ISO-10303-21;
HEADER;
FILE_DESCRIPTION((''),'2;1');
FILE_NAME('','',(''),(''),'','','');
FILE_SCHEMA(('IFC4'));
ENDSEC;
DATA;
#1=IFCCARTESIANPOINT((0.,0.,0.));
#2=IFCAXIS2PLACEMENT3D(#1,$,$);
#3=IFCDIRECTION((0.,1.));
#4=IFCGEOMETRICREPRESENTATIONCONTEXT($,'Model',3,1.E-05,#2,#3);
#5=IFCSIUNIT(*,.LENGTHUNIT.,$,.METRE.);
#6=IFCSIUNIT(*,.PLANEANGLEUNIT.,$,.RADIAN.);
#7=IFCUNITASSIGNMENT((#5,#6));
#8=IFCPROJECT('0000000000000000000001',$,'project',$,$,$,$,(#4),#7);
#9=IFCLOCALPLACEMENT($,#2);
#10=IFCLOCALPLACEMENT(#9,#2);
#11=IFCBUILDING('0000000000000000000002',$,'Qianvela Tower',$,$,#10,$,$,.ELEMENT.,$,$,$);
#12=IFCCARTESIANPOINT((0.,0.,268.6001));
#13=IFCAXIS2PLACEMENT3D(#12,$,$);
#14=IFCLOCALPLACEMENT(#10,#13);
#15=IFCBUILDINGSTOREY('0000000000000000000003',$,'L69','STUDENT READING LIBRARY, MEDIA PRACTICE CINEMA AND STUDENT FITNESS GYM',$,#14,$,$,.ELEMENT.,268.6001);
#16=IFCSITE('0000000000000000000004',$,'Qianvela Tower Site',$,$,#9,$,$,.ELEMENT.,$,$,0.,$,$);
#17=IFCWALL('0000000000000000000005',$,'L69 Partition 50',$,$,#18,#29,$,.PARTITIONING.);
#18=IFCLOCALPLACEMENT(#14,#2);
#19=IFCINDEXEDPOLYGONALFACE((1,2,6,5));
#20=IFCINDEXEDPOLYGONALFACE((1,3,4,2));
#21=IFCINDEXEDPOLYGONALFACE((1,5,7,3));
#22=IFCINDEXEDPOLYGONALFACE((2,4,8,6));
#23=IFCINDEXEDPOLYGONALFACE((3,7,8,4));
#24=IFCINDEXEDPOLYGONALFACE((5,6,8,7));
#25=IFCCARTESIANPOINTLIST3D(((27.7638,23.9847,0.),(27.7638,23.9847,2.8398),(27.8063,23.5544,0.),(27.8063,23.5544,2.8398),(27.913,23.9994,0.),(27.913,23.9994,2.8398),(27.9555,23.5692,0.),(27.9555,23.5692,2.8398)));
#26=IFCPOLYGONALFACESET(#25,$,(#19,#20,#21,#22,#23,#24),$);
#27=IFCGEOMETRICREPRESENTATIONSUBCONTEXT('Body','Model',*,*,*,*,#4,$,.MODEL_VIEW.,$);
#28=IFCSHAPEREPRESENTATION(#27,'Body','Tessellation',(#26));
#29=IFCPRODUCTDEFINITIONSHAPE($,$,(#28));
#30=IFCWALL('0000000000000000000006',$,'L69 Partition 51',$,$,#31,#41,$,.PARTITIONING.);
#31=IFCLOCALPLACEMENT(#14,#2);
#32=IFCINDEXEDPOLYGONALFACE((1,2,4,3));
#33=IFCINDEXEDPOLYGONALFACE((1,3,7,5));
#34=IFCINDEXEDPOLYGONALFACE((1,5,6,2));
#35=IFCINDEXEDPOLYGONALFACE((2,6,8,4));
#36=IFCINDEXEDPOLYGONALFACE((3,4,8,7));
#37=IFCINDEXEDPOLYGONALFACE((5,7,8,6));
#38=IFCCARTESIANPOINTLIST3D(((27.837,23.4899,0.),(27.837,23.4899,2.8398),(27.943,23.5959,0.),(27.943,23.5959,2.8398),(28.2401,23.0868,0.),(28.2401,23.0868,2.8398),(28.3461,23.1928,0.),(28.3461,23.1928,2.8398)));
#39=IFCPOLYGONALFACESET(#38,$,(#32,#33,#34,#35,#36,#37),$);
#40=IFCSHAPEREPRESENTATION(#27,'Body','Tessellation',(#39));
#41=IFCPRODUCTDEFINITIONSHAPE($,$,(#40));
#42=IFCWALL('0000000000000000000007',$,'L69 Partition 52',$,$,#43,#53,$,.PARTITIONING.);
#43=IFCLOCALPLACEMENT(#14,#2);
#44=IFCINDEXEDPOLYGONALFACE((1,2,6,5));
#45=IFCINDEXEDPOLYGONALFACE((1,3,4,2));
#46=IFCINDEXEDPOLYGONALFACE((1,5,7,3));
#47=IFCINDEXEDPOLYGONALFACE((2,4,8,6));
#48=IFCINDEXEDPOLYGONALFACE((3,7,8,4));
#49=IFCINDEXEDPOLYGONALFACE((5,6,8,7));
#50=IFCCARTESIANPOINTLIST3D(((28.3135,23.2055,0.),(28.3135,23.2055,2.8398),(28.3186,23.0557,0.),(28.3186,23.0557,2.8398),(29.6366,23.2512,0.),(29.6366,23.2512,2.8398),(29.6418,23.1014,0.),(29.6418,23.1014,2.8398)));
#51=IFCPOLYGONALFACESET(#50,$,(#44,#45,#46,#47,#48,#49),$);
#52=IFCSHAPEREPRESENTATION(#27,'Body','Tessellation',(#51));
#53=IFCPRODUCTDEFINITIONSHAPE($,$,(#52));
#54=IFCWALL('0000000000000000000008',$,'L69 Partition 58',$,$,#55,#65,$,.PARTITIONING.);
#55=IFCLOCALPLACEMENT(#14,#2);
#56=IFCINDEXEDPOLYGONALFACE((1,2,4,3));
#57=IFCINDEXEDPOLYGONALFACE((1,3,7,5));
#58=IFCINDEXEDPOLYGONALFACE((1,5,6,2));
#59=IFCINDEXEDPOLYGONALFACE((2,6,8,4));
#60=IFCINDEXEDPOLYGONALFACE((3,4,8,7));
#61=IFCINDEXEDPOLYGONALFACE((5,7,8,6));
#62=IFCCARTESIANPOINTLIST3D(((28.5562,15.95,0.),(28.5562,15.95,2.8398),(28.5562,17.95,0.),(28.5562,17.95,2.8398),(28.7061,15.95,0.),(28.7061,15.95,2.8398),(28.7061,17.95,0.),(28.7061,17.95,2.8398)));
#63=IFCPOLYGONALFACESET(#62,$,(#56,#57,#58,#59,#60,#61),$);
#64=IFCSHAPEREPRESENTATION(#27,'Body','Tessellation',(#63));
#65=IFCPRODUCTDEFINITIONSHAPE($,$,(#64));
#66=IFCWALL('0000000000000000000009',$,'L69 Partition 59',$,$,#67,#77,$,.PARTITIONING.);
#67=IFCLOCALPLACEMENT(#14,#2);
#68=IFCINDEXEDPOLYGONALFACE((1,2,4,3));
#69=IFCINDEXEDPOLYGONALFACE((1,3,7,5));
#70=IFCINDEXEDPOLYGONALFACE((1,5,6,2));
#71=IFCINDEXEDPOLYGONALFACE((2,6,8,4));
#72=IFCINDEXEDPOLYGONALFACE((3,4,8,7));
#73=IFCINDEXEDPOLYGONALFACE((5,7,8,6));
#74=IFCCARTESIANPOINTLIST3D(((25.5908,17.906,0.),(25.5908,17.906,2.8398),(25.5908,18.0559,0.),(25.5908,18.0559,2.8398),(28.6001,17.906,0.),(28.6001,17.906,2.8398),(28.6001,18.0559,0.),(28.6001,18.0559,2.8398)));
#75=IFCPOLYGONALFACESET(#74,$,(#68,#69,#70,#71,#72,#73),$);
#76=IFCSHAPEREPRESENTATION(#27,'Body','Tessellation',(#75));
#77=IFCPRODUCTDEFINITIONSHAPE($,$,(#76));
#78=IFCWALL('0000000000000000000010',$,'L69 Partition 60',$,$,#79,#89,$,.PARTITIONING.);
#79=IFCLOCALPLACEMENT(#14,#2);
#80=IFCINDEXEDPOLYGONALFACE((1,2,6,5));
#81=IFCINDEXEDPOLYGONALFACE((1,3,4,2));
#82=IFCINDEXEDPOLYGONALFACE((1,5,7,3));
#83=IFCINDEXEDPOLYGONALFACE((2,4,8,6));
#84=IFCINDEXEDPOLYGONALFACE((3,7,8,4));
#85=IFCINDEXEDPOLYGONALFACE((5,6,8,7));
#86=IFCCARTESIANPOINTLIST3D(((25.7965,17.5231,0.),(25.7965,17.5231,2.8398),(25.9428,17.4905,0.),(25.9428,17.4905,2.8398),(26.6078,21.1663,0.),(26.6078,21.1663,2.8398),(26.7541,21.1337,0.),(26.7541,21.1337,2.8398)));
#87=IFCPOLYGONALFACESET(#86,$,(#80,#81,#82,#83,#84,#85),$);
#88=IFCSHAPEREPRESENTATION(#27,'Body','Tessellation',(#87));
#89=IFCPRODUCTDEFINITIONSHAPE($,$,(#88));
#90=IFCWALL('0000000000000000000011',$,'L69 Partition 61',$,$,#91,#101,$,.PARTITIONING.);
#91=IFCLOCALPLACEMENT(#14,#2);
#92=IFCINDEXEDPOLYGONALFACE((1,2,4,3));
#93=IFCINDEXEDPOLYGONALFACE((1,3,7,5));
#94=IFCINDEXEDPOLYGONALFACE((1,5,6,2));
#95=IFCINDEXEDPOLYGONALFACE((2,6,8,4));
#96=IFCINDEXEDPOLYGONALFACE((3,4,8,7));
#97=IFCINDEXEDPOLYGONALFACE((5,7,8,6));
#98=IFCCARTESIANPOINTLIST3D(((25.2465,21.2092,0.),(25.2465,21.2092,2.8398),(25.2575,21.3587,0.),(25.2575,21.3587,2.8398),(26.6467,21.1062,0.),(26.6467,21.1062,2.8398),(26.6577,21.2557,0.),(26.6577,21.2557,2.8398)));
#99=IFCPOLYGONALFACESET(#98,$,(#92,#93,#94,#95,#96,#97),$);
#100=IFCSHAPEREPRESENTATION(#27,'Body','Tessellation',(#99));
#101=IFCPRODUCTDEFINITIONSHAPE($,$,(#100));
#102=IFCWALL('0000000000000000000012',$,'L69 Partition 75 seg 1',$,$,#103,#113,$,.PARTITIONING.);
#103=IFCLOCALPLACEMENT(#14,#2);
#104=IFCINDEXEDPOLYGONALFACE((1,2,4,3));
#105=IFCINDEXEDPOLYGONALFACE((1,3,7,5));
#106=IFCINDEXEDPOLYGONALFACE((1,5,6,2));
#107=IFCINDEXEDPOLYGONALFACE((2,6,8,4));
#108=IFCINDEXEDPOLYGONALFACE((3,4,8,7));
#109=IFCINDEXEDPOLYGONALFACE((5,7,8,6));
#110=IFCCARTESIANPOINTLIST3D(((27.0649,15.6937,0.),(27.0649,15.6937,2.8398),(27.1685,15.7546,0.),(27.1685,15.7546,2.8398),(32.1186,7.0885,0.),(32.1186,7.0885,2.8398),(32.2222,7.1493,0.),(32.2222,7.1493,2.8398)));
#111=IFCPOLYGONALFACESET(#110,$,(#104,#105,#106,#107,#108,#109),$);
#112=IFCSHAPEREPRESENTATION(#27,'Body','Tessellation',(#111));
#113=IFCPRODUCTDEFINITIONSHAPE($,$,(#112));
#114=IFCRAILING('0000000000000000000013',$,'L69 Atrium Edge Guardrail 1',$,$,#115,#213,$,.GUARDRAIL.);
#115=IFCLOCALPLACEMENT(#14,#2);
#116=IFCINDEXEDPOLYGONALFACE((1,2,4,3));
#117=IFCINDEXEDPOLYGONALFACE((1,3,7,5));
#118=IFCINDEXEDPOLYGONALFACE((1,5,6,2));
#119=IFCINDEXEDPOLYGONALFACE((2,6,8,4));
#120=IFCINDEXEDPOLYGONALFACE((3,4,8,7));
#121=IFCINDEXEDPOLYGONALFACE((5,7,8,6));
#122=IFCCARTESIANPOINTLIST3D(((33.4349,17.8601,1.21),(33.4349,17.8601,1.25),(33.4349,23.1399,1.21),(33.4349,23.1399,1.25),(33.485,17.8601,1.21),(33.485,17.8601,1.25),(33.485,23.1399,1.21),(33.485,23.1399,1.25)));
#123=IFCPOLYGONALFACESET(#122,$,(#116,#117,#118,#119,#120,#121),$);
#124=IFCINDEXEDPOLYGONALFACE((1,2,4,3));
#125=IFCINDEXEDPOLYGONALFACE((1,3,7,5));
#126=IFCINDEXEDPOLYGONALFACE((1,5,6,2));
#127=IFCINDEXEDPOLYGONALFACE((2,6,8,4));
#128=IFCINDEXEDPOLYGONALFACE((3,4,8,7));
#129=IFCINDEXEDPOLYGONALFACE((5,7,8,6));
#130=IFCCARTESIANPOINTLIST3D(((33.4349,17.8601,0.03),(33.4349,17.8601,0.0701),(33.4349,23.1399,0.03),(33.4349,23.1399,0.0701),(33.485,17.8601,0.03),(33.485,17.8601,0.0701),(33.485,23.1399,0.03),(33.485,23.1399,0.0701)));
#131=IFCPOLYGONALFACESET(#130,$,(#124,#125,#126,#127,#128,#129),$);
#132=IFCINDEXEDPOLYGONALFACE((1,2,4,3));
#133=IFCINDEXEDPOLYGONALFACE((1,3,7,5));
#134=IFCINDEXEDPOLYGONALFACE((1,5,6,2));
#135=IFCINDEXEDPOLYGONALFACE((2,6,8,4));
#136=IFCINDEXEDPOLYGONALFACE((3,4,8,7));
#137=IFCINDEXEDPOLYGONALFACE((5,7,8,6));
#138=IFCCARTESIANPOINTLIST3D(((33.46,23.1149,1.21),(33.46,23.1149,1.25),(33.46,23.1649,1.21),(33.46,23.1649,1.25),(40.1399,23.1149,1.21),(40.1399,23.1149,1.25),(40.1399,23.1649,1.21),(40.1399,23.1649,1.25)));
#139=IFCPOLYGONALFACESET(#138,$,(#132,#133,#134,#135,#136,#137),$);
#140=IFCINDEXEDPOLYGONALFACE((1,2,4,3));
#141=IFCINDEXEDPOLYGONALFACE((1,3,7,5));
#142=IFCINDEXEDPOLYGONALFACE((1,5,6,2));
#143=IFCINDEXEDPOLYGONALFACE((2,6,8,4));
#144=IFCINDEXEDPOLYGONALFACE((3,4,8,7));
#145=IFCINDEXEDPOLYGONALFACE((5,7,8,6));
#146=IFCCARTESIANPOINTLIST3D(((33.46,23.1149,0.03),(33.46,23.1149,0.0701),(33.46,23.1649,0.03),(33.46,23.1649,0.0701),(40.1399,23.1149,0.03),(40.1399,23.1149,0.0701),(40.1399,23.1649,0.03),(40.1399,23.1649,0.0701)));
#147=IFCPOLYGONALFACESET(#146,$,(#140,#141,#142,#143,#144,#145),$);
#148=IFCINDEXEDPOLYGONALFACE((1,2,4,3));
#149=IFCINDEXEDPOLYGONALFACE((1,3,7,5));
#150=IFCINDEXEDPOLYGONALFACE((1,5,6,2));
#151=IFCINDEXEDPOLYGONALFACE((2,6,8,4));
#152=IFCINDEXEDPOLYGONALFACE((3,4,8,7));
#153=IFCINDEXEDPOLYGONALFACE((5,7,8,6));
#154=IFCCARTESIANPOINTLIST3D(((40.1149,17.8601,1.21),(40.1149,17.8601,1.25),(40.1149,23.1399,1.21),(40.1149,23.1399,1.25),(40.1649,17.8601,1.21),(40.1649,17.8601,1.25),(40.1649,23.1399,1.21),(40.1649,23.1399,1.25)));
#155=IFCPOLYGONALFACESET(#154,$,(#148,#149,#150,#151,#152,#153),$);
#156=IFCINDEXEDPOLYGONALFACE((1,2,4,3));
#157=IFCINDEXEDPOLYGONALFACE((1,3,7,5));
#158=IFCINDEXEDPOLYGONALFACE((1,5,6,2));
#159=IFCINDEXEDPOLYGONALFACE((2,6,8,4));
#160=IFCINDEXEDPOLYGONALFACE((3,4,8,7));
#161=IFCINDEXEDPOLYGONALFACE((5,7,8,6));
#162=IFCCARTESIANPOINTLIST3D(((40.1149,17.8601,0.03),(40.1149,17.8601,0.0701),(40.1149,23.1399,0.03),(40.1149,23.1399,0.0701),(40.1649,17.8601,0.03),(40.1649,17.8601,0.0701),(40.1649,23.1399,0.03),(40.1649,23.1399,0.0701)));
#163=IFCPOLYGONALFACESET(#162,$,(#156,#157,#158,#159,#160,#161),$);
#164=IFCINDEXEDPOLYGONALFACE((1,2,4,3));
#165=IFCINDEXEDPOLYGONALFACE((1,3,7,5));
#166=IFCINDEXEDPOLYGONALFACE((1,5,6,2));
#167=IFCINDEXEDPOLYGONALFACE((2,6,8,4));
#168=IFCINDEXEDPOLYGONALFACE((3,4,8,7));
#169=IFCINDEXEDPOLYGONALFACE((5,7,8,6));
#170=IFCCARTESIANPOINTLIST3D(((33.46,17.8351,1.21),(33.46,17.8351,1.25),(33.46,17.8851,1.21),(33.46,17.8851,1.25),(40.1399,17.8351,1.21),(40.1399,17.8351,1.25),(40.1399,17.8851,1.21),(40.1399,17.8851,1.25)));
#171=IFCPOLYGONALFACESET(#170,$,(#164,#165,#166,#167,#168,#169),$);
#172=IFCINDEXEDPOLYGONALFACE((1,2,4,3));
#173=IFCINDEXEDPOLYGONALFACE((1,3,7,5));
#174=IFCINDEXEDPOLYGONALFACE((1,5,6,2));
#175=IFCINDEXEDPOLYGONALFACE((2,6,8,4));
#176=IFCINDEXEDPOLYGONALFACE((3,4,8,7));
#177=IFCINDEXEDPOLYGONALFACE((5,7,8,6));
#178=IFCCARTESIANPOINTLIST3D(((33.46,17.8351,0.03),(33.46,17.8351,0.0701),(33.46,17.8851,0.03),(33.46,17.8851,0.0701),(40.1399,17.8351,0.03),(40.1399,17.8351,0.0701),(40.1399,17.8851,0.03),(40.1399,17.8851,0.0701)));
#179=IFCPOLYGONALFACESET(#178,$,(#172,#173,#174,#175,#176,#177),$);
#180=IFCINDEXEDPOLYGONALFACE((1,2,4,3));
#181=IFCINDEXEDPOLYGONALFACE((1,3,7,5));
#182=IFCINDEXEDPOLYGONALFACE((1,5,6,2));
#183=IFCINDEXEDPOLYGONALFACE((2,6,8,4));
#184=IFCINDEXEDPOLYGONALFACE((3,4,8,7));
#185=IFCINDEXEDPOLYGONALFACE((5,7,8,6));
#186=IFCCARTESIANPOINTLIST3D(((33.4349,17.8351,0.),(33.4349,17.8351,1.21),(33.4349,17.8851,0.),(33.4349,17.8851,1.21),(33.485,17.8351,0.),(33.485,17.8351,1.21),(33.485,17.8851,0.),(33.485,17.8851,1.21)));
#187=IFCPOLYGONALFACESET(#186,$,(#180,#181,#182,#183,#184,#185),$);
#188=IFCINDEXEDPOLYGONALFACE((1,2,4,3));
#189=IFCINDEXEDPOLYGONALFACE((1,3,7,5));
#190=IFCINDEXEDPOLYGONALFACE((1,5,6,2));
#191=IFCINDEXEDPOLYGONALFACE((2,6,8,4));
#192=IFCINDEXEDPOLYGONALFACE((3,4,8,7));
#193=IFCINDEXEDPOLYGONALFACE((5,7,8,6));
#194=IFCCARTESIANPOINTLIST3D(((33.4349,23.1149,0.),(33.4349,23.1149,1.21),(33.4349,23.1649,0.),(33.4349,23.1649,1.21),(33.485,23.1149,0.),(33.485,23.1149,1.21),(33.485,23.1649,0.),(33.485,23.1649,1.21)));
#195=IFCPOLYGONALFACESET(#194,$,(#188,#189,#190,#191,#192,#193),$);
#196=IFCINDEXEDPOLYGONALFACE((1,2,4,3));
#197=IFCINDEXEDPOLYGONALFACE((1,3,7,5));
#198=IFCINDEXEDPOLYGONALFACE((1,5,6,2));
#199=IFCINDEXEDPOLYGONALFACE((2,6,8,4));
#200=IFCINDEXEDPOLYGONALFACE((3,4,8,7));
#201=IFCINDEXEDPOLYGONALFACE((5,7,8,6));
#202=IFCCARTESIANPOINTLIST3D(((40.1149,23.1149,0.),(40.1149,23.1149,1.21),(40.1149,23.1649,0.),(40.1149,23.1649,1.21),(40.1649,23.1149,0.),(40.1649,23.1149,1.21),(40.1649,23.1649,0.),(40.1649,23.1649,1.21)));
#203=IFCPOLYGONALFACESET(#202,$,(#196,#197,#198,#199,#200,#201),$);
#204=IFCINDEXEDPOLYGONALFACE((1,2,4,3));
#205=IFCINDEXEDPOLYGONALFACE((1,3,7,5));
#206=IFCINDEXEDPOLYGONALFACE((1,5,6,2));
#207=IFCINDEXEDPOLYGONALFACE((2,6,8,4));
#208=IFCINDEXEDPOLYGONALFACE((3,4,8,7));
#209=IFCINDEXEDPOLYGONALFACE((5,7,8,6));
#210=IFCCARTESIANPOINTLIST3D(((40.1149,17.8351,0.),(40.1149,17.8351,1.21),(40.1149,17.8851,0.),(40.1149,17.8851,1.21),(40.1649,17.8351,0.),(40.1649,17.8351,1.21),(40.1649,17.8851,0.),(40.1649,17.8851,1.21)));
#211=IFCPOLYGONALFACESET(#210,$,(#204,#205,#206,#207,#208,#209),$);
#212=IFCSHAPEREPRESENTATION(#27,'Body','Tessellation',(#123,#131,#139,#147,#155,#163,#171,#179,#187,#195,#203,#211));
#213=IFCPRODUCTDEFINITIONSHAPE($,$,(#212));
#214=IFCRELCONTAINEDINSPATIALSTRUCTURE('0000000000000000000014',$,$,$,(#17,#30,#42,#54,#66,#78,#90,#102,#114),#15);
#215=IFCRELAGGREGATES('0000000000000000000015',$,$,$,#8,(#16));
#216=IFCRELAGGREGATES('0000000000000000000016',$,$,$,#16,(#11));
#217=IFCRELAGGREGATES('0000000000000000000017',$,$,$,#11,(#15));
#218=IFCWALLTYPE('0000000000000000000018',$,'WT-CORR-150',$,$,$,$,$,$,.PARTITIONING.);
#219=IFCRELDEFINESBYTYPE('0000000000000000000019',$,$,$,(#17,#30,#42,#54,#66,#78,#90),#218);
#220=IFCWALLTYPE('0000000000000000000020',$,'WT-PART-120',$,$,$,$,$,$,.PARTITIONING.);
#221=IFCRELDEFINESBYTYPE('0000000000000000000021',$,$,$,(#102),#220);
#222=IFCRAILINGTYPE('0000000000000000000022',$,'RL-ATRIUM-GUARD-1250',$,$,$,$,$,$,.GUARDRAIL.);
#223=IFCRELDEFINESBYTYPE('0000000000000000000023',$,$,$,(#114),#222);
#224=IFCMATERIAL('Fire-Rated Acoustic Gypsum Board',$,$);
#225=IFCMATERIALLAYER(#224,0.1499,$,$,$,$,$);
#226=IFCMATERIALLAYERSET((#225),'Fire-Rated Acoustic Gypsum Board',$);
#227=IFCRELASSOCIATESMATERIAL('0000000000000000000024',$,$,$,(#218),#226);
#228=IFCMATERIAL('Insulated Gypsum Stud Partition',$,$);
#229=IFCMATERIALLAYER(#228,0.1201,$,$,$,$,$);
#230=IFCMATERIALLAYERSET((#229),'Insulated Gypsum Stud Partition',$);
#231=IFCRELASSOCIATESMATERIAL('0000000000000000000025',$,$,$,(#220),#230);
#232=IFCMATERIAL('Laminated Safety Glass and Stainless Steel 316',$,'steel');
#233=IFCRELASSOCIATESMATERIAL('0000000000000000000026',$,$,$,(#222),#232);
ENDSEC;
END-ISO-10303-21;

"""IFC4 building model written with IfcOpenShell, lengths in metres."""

from ifc_helpers import new_model, si_unit, direction, frame, frame_2d, origin, origin_2d, place, context, subcontext, project, spatial, rectangle, extrude, material, layer, layer_set, type_object, element, save


model = new_model("IFC4")

# Units and contexts
model_context = context("Model", 3, precision=1e-05, world=origin(), true_north=direction((0.0, 1.0)))
body_context = subcontext(model_context, "Body", "Model", "MODEL_VIEW")
ifc_project = project(units=[si_unit("LENGTHUNIT", "METRE"), si_unit("PLANEANGLEUNIT", "RADIAN")], contexts=[model_context])

# Site, building, storey
site_placement = place(None, origin())
site = spatial("IfcSite", under=ifc_project, at=site_placement, Name="Qianvela Tower Site", CompositionType="ELEMENT", RefElevation=0.0)
building_placement = place(site_placement, origin())
building = spatial("IfcBuilding", under=site, at=building_placement, Name="Qianvela Tower", CompositionType="ELEMENT")
storey_placement = place(building_placement, frame((0.0, 0.0, 268.6001)))
storey = spatial("IfcBuildingStorey", under=building, at=storey_placement, Name="L69", Description="STUDENT READING LIBRARY, MEDIA PRACTICE CINEMA AND STUDENT FITNESS GYM", CompositionType="ELEMENT", Elevation=268.6001)

# Shared definitions
ifc_material_1 = material(Name="Fire-Rated Acoustic Gypsum Board")
ifc_layer_1 = layer(ifc_material_1, 0.1499)
ifc_layer_set_1 = layer_set([ifc_layer_1], Name="Fire-Rated Acoustic Gypsum Board")
wall_type_1 = type_object("IfcWallType", Name="WT-CORR-150", PredefinedType="PARTITIONING", material=ifc_layer_set_1)

# Walls
wall_1_placement = place(storey_placement, frame((27.8384, 23.9922, 0.0), z_axis=(0.0, 0.0, 1.0), x_axis=(0.098273, -0.995159, 0.0)))
element("IfcWall", 1, at=wall_1_placement, inside=storey, type_object=wall_type_1, Name="L69 Partition 50", PredefinedType="PARTITIONING", context=body_context, shape_type="SweptSolid", body=[
    extrude(rectangle(XDim=0.4324, YDim=0.1499, at=frame_2d((0.2163, 0.0))), origin(), (0.0, 0.0, 1.0), 2.8398),
])
wall_2_placement = place(storey_placement, frame((27.8899, 23.543, 0.0), z_axis=(0.0, 0.0, 1.0), x_axis=(0.707107, -0.707107, 0.0)))
element("IfcWall", 2, at=wall_2_placement, inside=storey, type_object=wall_type_1, Name="L69 Partition 51", PredefinedType="PARTITIONING", context=body_context, shape_type="SweptSolid", body=[
    extrude(rectangle(XDim=0.5701, YDim=0.1499, at=frame_2d((0.2852, 0.0))), origin(), (0.0, 0.0, 1.0), 2.8398),
])
wall_3_placement = place(storey_placement, frame((28.3159, 23.1306, 0.0), z_axis=(0.0, 0.0, 1.0), x_axis=(0.999405, 0.034481, 0.0)))
element("IfcWall", 3, at=wall_3_placement, inside=storey, type_object=wall_type_1, Name="L69 Partition 52", PredefinedType="PARTITIONING", context=body_context, shape_type="SweptSolid", body=[
    extrude(rectangle(XDim=1.324, YDim=0.1499, at=frame_2d((0.6621, 0.0))), origin(), (0.0, 0.0, 1.0), 2.8398),
])
wall_4_placement = place(storey_placement, frame((28.6311, 15.95, 0.0), z_axis=(0.0, 0.0, 1.0), x_axis=(0.0, 1.0, 0.0)))
element("IfcWall", 4, at=wall_4_placement, inside=storey, type_object=wall_type_1, Name="L69 Partition 58", PredefinedType="PARTITIONING", context=body_context, shape_type="SweptSolid", body=[
    extrude(rectangle(XDim=2.0, YDim=0.1499, at=frame_2d((1.0, 0.0))), origin(), (0.0, 0.0, 1.0), 2.8398),
])
wall_5_placement = place(storey_placement, frame((28.6001, 17.981, 0.0), z_axis=(0.0, 0.0, 1.0), x_axis=(-1.0, 0.0, 0.0)))
element("IfcWall", 5, at=wall_5_placement, inside=storey, type_object=wall_type_1, Name="L69 Partition 59", PredefinedType="PARTITIONING", context=body_context, shape_type="SweptSolid", body=[
    extrude(rectangle(XDim=3.0093, YDim=0.1499, at=frame_2d((1.5046, 0.0))), origin(), (0.0, 0.0, 1.0), 2.8398),
])
wall_6_placement = place(storey_placement, frame((25.8696, 17.5068, 0.0), z_axis=(0.0, 0.0, 1.0), x_axis=(0.217367, 0.97609, 0.0)))
element("IfcWall", 6, at=wall_6_placement, inside=storey, type_object=wall_type_1, Name="L69 Partition 60", PredefinedType="PARTITIONING", context=body_context, shape_type="SweptSolid", body=[
    extrude(rectangle(XDim=3.7324, YDim=0.1499, at=frame_2d((1.8662, 0.0))), origin(), (0.0, 0.0, 1.0), 2.8398),
])
wall_7_placement = place(storey_placement, frame((26.6523, 21.1809, 0.0), z_axis=(0.0, 0.0, 1.0), x_axis=(-0.997304, 0.073385, 0.0)))
element("IfcWall", 7, at=wall_7_placement, inside=storey, type_object=wall_type_1, Name="L69 Partition 61", PredefinedType="PARTITIONING", context=body_context, shape_type="SweptSolid", body=[
    extrude(rectangle(XDim=1.4041, YDim=0.1499, at=frame_2d((0.7021, 0.0))), origin(), (0.0, 0.0, 1.0), 2.8398),
])
ifc_material_2 = material(Name="Insulated Gypsum Stud Partition")
ifc_layer_2 = layer(ifc_material_2, 0.1201)
ifc_layer_set_2 = layer_set([ifc_layer_2], Name="Insulated Gypsum Stud Partition")
wall_type_2 = type_object("IfcWallType", Name="WT-PART-120", PredefinedType="PARTITIONING", material=ifc_layer_set_2)
wall_8_placement = place(storey_placement, frame((32.1704, 7.1189, 0.0), z_axis=(0.0, 0.0, 1.0), x_axis=(-0.506411, 0.862292, 0.0)))
element("IfcWall", 8, at=wall_8_placement, inside=storey, type_object=wall_type_2, Name="L69 Partition 75 seg 1", PredefinedType="PARTITIONING", context=body_context, shape_type="SweptSolid", body=[
    extrude(rectangle(XDim=9.9795, YDim=0.1201, at=frame_2d((4.9897, 0.0))), origin(), (0.0, 0.0, 1.0), 2.8398),
])

# Railing
ifc_material_3 = material(Name="Laminated Safety Glass and Stainless Steel 316", Category="steel")
railing_type = type_object("IfcRailingType", Name="RL-ATRIUM-GUARD-1250", PredefinedType="GUARDRAIL", material=ifc_material_3)
railing_placement = place(storey_placement, frame((33.46, 17.8601, 0.0)))
element("IfcRailing", 9, at=railing_placement, inside=storey, type_object=railing_type, Name="L69 Atrium Edge Guardrail 1", PredefinedType="GUARDRAIL", context=body_context, shape_type="SweptSolid", body=[
    extrude(rectangle(XDim=0.05, YDim=0.04, at=origin_2d()), frame((0.0, 0.0, 1.23), z_axis=(0.0, 1.0, 0.0), x_axis=(-1.0, 0.0, 0.0)), (0.0, 0.0, 1.0), 5.2798),
    extrude(rectangle(XDim=0.05, YDim=0.04, at=origin_2d()), frame((0.0, 0.0, 0.05), z_axis=(0.0, 1.0, 0.0), x_axis=(-1.0, 0.0, 0.0)), (0.0, 0.0, 1.0), 5.2798),
    extrude(rectangle(XDim=0.05, YDim=0.04, at=origin_2d()), frame((0.0, 5.2798, 1.23), z_axis=(1.0, 0.0, 0.0), x_axis=(0.0, 1.0, 0.0)), (0.0, 0.0, 1.0), 6.6799),
    extrude(rectangle(XDim=0.05, YDim=0.04, at=origin_2d()), frame((0.0, 5.2798, 0.05), z_axis=(1.0, 0.0, 0.0), x_axis=(0.0, 1.0, 0.0)), (0.0, 0.0, 1.0), 6.6799),
    extrude(rectangle(XDim=0.05, YDim=0.04, at=origin_2d()), frame((6.6799, 5.2798, 1.23), z_axis=(0.0, -1.0, 0.0), x_axis=(1.0, 0.0, 0.0)), (0.0, 0.0, 1.0), 5.2798),
    extrude(rectangle(XDim=0.05, YDim=0.04, at=origin_2d()), frame((6.6799, 5.2798, 0.05), z_axis=(0.0, -1.0, 0.0), x_axis=(1.0, 0.0, 0.0)), (0.0, 0.0, 1.0), 5.2798),
    extrude(rectangle(XDim=0.05, YDim=0.04, at=origin_2d()), frame((6.6799, 0.0, 1.23), z_axis=(-1.0, 0.0, 0.0), x_axis=(0.0, -1.0, 0.0)), (0.0, 0.0, 1.0), 6.6799),
    extrude(rectangle(XDim=0.05, YDim=0.04, at=origin_2d()), frame((6.6799, 0.0, 0.05), z_axis=(-1.0, 0.0, 0.0), x_axis=(0.0, -1.0, 0.0)), (0.0, 0.0, 1.0), 6.6799),
    extrude(rectangle(XDim=0.05, YDim=0.05, at=origin_2d()), origin(), (0.0, 0.0, 1.0), 1.21),
    extrude(rectangle(XDim=0.05, YDim=0.05, at=origin_2d()), frame((0.0, 5.2798, 0.0)), (0.0, 0.0, 1.0), 1.21),
    extrude(rectangle(XDim=0.05, YDim=0.05, at=origin_2d()), frame((6.6799, 5.2798, 0.0)), (0.0, 0.0, 1.0), 1.21),
    extrude(rectangle(XDim=0.05, YDim=0.05, at=origin_2d()), frame((6.6799, 0.0, 0.0)), (0.0, 0.0, 1.0), 1.21),
])

save(model, "model.ifc")
